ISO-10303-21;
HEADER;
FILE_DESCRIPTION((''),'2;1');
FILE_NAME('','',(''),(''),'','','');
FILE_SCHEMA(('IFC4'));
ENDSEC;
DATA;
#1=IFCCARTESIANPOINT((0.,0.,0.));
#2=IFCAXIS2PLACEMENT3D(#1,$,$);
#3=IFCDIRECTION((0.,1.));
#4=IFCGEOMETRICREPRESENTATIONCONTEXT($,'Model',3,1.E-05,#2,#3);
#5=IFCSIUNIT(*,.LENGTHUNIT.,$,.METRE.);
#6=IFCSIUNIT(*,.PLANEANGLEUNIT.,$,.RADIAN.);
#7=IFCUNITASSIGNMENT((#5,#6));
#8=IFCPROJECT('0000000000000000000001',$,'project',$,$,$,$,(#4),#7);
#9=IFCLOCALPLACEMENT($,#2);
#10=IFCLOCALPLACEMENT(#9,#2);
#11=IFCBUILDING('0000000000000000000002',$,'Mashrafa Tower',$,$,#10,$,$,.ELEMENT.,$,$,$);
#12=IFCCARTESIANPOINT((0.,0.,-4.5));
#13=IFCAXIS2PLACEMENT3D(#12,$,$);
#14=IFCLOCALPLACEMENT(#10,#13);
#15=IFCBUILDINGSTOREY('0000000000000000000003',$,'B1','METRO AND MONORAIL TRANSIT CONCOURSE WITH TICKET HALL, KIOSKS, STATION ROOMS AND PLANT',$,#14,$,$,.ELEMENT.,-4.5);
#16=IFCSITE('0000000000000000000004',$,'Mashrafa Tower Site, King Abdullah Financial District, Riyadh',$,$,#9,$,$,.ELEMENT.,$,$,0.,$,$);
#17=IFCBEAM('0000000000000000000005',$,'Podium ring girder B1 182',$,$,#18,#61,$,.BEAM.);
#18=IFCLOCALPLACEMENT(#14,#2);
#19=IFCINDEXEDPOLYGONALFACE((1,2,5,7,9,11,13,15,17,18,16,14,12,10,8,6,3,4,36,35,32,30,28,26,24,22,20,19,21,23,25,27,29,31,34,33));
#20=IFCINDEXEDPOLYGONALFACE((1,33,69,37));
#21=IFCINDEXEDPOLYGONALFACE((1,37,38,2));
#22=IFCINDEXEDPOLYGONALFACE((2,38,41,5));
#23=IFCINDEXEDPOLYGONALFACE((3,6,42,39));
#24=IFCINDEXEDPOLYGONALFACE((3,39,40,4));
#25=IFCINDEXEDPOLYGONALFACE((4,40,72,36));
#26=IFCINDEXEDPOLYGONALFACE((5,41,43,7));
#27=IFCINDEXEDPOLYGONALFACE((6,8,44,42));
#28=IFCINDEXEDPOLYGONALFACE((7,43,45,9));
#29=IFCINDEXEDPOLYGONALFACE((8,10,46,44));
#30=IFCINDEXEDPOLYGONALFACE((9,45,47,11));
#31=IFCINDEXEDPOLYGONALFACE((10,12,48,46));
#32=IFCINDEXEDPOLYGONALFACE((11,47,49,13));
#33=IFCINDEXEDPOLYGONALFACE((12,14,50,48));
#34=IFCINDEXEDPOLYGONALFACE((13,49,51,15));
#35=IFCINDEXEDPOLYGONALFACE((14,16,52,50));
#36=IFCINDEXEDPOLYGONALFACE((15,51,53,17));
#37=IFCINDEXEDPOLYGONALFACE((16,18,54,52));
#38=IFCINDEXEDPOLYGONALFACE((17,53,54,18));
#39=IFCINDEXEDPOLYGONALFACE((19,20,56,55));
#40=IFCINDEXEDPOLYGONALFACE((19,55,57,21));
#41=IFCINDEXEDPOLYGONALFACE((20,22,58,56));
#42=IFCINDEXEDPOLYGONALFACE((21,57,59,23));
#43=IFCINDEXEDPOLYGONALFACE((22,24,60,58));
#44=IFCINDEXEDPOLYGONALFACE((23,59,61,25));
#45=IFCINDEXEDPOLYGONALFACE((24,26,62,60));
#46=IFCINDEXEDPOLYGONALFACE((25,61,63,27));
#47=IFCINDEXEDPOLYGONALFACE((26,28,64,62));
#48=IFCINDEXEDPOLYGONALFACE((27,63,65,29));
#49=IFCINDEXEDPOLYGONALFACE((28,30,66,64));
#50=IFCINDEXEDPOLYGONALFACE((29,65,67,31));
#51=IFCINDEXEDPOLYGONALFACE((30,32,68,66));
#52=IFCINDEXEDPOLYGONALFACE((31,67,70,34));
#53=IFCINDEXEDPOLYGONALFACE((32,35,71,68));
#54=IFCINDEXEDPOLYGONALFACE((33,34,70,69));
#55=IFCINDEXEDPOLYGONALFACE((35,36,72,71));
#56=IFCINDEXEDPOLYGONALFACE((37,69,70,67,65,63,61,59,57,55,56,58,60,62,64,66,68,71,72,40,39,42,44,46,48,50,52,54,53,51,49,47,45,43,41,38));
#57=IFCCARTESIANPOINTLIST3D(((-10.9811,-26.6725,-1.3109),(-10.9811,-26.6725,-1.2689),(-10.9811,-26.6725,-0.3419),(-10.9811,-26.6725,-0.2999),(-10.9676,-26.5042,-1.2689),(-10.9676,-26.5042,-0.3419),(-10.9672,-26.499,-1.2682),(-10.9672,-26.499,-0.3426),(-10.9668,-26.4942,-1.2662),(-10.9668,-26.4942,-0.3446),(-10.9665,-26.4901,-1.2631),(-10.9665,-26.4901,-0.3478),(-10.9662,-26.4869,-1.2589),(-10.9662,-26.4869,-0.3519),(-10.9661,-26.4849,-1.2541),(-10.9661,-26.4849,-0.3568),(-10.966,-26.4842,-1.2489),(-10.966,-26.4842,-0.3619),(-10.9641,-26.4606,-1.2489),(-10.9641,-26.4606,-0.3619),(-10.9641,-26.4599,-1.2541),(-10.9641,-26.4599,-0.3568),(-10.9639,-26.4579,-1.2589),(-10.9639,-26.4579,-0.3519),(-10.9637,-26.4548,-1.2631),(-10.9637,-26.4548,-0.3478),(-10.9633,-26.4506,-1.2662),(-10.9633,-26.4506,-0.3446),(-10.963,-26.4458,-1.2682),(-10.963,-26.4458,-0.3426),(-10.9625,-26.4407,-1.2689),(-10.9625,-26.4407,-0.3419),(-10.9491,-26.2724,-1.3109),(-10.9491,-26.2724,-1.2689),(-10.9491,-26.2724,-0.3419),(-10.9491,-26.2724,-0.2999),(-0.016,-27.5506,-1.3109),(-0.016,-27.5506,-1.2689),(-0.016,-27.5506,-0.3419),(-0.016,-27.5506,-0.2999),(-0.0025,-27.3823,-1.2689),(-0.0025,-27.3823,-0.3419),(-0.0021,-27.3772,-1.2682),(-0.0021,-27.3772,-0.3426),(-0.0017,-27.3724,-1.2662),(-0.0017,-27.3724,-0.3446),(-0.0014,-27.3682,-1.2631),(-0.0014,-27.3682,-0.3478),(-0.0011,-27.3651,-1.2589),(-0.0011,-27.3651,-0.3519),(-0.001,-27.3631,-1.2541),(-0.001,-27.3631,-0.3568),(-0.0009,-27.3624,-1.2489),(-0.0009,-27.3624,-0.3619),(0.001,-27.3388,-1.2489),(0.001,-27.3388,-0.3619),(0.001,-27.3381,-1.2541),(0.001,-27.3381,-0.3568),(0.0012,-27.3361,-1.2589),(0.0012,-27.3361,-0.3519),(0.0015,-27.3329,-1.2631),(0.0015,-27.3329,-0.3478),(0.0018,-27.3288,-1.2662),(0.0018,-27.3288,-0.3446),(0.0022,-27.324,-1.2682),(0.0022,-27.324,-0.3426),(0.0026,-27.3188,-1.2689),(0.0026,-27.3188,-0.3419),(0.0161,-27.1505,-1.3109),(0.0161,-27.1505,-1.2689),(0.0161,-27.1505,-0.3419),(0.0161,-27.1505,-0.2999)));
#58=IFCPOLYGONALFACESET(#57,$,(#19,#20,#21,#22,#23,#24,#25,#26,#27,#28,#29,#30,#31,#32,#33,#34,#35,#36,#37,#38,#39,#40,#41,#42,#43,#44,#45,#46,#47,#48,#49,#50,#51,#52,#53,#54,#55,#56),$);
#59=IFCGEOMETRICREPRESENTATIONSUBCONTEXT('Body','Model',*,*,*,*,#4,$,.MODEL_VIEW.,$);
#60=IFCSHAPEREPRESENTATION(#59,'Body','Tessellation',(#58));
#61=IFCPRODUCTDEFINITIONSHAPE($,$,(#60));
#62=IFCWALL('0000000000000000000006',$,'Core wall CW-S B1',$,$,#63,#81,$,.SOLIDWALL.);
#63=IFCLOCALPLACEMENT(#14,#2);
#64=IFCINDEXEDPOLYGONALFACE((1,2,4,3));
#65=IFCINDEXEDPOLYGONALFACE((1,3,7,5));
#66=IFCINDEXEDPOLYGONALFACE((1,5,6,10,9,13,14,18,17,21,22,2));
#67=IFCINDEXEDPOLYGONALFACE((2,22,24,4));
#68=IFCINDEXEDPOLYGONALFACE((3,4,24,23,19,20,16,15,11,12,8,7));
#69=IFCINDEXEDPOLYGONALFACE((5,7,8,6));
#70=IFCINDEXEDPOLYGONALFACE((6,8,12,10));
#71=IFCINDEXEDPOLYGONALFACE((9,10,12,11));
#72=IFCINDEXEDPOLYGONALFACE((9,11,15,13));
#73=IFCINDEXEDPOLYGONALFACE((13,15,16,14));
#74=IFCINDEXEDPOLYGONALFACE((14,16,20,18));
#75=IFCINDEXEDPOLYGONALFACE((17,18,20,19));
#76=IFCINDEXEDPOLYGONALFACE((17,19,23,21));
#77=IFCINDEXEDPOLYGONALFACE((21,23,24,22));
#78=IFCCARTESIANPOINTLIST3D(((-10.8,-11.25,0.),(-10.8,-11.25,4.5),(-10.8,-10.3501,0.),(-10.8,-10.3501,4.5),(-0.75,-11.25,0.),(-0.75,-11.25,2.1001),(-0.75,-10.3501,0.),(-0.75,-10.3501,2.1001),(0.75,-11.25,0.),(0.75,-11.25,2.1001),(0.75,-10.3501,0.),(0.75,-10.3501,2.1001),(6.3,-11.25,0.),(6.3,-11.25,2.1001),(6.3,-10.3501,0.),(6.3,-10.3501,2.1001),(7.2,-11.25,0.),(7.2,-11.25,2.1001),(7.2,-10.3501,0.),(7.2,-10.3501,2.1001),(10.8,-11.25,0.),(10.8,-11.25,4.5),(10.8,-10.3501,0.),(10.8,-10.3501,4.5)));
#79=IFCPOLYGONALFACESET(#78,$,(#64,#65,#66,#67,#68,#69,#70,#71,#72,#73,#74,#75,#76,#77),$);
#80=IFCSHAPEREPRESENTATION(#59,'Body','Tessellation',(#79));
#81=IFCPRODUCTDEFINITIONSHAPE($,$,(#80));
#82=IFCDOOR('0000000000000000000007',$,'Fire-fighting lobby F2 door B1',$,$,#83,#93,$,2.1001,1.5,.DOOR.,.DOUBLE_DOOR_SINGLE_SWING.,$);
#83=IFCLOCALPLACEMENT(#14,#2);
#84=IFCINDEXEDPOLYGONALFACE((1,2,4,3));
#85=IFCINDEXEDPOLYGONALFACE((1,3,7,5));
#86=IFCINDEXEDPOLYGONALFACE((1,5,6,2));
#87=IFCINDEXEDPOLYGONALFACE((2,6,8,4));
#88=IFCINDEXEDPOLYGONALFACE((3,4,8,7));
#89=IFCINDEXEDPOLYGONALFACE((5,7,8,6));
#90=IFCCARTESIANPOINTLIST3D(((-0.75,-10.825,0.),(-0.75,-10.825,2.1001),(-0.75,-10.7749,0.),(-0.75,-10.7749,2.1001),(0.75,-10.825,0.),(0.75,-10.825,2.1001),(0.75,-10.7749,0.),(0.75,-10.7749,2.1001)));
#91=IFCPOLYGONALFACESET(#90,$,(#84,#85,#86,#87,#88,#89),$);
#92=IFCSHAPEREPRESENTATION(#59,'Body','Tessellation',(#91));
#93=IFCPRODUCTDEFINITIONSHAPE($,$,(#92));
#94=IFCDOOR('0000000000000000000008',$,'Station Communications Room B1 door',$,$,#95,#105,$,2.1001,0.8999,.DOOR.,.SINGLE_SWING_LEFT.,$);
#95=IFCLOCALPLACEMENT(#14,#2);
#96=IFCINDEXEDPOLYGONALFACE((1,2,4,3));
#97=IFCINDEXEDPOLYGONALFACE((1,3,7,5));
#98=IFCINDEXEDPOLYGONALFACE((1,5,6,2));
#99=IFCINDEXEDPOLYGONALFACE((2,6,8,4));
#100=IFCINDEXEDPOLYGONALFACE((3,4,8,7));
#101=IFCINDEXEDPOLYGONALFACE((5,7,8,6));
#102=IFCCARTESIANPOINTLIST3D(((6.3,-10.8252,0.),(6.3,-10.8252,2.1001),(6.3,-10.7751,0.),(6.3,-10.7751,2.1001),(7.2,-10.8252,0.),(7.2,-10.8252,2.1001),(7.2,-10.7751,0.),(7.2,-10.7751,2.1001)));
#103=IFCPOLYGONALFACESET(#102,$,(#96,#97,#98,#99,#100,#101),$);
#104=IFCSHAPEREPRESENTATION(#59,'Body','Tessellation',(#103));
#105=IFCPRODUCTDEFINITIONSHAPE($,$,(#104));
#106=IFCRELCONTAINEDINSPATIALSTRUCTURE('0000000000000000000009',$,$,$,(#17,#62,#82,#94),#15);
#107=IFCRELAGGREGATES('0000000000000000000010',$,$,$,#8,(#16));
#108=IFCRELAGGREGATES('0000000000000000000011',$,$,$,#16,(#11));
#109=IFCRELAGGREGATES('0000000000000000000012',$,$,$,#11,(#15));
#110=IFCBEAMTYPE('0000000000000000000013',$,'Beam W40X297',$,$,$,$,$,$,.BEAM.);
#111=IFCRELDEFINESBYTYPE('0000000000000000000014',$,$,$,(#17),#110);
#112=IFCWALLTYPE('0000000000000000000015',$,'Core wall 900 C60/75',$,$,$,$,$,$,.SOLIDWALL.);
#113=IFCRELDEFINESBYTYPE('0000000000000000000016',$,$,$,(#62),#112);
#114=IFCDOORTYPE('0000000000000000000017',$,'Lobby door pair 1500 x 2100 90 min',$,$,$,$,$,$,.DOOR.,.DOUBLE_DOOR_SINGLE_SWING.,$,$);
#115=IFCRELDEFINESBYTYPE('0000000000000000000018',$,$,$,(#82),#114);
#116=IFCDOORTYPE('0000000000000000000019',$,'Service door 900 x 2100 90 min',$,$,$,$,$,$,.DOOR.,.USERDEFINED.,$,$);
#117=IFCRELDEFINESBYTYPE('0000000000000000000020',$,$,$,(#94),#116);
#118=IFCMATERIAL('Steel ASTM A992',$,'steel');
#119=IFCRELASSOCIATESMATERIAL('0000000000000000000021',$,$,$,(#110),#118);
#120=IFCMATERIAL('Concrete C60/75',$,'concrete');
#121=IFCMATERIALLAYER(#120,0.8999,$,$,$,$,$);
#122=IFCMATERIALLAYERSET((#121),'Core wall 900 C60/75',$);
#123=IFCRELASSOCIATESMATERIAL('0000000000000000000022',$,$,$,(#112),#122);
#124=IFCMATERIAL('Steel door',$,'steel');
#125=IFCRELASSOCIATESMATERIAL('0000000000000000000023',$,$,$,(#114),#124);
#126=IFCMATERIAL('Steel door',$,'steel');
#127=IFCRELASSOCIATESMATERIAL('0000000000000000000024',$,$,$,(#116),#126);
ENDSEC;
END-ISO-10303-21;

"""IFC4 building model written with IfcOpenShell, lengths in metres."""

from ifc_helpers import new_model, si_unit, direction, frame, frame_2d, origin, origin_2d, place, context, subcontext, project, spatial, rectangle, i_section, extrude, material, layer, layer_set, material_profile, profile_set, type_object, element, fill, save


model = new_model("IFC4")

# Units and contexts
model_context = context("Model", 3, precision=1e-05, world=origin(), true_north=direction((0.0, 1.0)))
body_context = subcontext(model_context, "Body", "Model", "MODEL_VIEW")
ifc_project = project(units=[si_unit("LENGTHUNIT", "METRE"), si_unit("PLANEANGLEUNIT", "RADIAN")], contexts=[model_context])

# Site, building, storey
site_placement = place(None, origin())
site = spatial("IfcSite", under=ifc_project, at=site_placement, Name="Mashrafa Tower Site, King Abdullah Financial District, Riyadh", CompositionType="ELEMENT", RefElevation=0.0)
building_placement = place(site_placement, origin())
building = spatial("IfcBuilding", under=site, at=building_placement, Name="Mashrafa Tower", CompositionType="ELEMENT")
storey_placement = place(building_placement, frame((0.0, 0.0, -4.5)))
storey = spatial("IfcBuildingStorey", under=building, at=storey_placement, Name="B1", Description="METRO AND MONORAIL TRANSIT CONCOURSE WITH TICKET HALL, KIOSKS, STATION ROOMS AND PLANT", CompositionType="ELEMENT", Elevation=-4.5)

# Beam
ifc_material_1 = material(Name="Steel ASTM A992", Category="steel")
ifc_material_profile_1 = material_profile(ifc_material_1, i_section(OverallWidth=0.4014, OverallDepth=1.011, WebThickness=0.0237, FlangeThickness=0.042, FilletRadius=0.02, at=origin_2d()), Name="W40X297")
ifc_profile_set_1 = profile_set([ifc_material_profile_1], Name="Steel ASTM A992")
beam_type_1 = type_object("IfcBeamType", Name="Beam W40X297", PredefinedType="BEAM", material=ifc_profile_set_1)
beam_1_placement = place(storey_placement, frame((-10.9651, -26.4724, -0.8054), z_axis=(0.996808, -0.079833, 0.0), x_axis=(0.079833, 0.996808, 0.0)))
element("IfcBeam", 1, at=beam_1_placement, inside=storey, type_object=beam_type_1, Name="Podium ring girder B1 182", PredefinedType="BEAM", context=body_context, shape_type="SweptSolid", body=[
    extrude(i_section(OverallWidth=0.4014, OverallDepth=1.011, WebThickness=0.0237, FlangeThickness=0.042, FilletRadius=0.02, at=origin_2d()), origin(), (0.0, 0.0, 1.0), 11.0002),
])

# Wall, openings, doors
ifc_material_2 = material(Name="Concrete C60/75", Category="concrete")
ifc_layer = layer(ifc_material_2, 0.8999)
ifc_layer_set = layer_set([ifc_layer], Name="Core wall 900 C60/75")
wall_type = type_object("IfcWallType", Name="Core wall 900 C60/75", PredefinedType="SOLIDWALL", material=ifc_layer_set)
wall_placement = place(storey_placement, frame((-10.8, -10.8, 0.0), z_axis=(0.0, 0.0, 1.0), x_axis=(1.0, 0.0, 0.0)))
wall = element("IfcWall", 2, at=wall_placement, inside=storey, type_object=wall_type, Name="Core wall CW-S B1", PredefinedType="SOLIDWALL", context=body_context, shape_type="SweptSolid", body=[
    extrude(rectangle(XDim=21.6001, YDim=0.8999, at=frame_2d((10.8, 0.0))), origin(), (0.0, 0.0, 1.0), 4.5),
])
opening_1_placement = place(wall_placement, frame((10.05, 0.0, 0.0)))
opening_1 = element("IfcOpeningElement", 3, at=opening_1_placement, cuts=wall, PredefinedType="OPENING", context=body_context, shape_type="SweptSolid", body=[
    extrude(rectangle(XDim=1.5, YDim=2.1001, at=frame_2d((0.75, 1.05))), frame((0.0, 0.46, 0.0), z_axis=(0.0, -1.0, 0.0), x_axis=(1.0, 0.0, 0.0)), (0.0, 0.0, 1.0), 0.9199),
])
opening_2_placement = place(wall_placement, frame((17.1001, 0.0, 0.0)))
opening_2 = element("IfcOpeningElement", 4, at=opening_2_placement, cuts=wall, PredefinedType="OPENING", context=body_context, shape_type="SweptSolid", body=[
    extrude(rectangle(XDim=0.8999, YDim=2.1001, at=frame_2d((0.45, 1.05))), frame((0.0, 0.46, 0.0), z_axis=(0.0, -1.0, 0.0), x_axis=(1.0, 0.0, 0.0)), (0.0, 0.0, 1.0), 0.9199),
])
ifc_material_3 = material(Name="Steel door", Category="steel")
door_type_1 = type_object("IfcDoorType", Name="Lobby door pair 1500 x 2100 90 min", OperationType="DOUBLE_DOOR_SINGLE_SWING", PredefinedType="DOOR", material=ifc_material_3)
door_1_placement = place(opening_1_placement, frame((1.5, 0.0, 0.0), z_axis=(0.0, 0.0, 1.0), x_axis=(-1.0, 0.0, 0.0)))
door_1 = element("IfcDoor", 5, at=door_1_placement, inside=storey, type_object=door_type_1, Name="Fire-fighting lobby F2 door B1", OperationType="DOUBLE_DOOR_SINGLE_SWING", OverallHeight=2.1001, OverallWidth=1.5, PredefinedType="DOOR", context=body_context, shape_type="SweptSolid", body=[
    extrude(rectangle(XDim=1.5, YDim=2.1001, at=frame_2d((0.75, 1.05))), frame((0.0, 0.0249, 0.0), z_axis=(0.0, -1.0, 0.0), x_axis=(1.0, 0.0, 0.0)), (0.0, 0.0, 1.0), 0.05),
])
fill(opening_1, door_1)
ifc_material_4 = material(Name="Steel door", Category="steel")
door_type_2 = type_object("IfcDoorType", Name="Service door 900 x 2100 90 min", OperationType="USERDEFINED", PredefinedType="DOOR", material=ifc_material_4)
door_2_placement = place(opening_2_placement, origin())
door_2 = element("IfcDoor", 6, at=door_2_placement, inside=storey, type_object=door_type_2, Name="Station Communications Room B1 door", OperationType="SINGLE_SWING_LEFT", OverallHeight=2.1001, OverallWidth=0.8999, PredefinedType="DOOR", context=body_context, shape_type="SweptSolid", body=[
    extrude(rectangle(XDim=0.8999, YDim=2.1001, at=frame_2d((0.45, 1.05))), frame((0.0, 0.0249, 0.0), z_axis=(0.0, -1.0, 0.0), x_axis=(1.0, 0.0, 0.0)), (0.0, 0.0, 1.0), 0.05),
])
fill(opening_2, door_2)

save(model, "model.ifc")
